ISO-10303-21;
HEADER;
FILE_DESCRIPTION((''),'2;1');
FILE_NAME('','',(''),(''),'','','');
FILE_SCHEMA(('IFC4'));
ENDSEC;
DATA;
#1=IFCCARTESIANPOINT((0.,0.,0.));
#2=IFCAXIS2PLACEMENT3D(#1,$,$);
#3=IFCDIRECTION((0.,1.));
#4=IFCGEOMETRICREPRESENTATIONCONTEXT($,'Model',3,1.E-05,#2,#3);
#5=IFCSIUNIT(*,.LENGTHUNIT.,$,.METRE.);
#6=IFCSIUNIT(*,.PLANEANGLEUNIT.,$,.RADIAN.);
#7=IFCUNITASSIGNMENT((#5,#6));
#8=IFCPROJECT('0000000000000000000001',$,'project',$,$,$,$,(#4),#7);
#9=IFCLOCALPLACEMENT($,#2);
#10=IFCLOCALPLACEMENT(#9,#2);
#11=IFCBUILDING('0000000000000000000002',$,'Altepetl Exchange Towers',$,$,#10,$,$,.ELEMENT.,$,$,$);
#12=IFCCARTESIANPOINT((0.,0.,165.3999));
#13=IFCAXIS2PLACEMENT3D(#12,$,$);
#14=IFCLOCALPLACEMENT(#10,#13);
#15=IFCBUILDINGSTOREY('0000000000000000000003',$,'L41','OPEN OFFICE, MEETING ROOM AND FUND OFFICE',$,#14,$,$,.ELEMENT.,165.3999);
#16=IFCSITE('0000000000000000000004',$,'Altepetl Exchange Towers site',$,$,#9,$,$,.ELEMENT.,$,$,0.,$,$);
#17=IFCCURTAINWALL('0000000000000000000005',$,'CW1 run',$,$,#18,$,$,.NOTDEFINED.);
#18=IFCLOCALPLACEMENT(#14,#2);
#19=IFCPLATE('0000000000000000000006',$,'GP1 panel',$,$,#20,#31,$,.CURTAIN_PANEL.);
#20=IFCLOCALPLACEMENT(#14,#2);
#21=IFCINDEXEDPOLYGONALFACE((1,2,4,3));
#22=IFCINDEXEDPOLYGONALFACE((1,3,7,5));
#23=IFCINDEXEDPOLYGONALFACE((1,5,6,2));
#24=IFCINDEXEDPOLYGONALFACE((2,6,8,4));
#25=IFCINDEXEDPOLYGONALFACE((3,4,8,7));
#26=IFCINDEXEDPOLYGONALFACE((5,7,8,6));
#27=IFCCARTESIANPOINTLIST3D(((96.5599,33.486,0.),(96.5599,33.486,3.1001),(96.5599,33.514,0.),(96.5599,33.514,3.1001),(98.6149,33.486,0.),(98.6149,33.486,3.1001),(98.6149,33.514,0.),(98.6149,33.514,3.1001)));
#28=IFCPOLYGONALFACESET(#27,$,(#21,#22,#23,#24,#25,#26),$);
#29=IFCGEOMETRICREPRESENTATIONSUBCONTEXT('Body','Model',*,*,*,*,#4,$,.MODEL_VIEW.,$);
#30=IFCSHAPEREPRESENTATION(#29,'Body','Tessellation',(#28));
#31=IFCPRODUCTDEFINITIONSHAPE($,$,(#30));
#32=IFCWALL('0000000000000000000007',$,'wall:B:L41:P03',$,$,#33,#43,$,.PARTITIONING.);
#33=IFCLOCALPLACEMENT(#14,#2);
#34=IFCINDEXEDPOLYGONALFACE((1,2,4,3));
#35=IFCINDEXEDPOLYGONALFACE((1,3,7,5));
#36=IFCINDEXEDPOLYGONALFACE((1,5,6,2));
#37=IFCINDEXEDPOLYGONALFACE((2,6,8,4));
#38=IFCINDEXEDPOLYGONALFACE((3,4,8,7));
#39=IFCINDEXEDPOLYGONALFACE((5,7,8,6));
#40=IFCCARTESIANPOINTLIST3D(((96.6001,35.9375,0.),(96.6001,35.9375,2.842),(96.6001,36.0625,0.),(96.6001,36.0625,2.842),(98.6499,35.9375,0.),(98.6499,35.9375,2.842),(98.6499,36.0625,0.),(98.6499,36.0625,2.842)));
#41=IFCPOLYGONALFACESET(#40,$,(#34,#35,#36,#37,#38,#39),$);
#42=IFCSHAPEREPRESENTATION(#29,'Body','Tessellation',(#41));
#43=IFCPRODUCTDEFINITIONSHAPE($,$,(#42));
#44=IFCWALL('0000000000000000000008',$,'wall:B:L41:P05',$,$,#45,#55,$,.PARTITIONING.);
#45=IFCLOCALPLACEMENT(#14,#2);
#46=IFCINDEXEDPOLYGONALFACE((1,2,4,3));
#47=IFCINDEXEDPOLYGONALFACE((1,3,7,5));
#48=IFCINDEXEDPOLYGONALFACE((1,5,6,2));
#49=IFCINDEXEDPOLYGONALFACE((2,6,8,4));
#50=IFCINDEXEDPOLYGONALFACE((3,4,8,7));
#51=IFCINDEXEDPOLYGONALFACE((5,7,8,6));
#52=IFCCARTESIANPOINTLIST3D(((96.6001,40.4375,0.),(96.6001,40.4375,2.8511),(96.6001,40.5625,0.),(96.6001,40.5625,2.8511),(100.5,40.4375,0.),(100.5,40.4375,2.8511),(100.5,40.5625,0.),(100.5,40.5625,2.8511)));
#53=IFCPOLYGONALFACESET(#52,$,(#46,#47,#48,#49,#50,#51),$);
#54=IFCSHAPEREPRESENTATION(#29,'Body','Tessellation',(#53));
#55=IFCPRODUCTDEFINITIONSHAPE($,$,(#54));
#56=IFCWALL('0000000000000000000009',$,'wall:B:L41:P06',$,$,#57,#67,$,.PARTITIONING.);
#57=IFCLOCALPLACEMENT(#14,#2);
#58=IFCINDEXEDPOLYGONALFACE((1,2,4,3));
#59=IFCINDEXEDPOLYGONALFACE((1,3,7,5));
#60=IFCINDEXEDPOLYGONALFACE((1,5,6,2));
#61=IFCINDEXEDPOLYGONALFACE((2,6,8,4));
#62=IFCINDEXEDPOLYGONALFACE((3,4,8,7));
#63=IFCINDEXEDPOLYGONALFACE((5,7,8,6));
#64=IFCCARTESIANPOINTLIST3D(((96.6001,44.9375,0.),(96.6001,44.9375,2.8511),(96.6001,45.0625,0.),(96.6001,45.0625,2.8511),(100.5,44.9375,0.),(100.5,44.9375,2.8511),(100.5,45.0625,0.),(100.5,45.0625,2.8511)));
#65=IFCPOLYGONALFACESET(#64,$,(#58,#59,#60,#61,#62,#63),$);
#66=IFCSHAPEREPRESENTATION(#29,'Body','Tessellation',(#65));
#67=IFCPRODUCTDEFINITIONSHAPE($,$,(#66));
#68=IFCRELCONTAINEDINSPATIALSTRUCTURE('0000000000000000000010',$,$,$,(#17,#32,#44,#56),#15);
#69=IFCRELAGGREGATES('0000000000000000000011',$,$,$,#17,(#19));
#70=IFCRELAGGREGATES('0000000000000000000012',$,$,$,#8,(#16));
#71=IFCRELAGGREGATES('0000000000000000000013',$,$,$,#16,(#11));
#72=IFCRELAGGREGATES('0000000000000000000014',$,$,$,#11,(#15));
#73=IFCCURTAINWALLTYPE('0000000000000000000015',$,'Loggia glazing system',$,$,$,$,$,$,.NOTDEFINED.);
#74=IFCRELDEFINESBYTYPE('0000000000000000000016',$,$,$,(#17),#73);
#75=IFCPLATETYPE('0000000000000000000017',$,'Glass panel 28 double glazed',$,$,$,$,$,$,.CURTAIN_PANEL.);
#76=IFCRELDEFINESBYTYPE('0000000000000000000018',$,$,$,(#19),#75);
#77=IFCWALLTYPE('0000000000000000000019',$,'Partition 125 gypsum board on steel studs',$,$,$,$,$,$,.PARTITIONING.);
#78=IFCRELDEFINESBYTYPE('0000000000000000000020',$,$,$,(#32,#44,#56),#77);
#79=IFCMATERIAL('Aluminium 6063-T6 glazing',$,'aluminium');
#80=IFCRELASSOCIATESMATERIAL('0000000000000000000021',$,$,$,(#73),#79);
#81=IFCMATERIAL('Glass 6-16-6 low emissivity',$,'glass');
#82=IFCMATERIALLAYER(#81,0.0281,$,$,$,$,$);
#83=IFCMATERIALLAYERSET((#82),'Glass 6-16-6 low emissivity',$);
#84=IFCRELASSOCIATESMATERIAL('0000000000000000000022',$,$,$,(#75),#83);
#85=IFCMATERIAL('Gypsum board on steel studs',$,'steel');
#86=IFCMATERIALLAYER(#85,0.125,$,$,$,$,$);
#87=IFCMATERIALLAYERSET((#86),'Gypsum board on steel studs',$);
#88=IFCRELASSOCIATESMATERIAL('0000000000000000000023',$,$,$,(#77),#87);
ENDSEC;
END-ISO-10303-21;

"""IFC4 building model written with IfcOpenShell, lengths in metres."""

from ifc_helpers import new_model, si_unit, direction, frame, frame_2d, origin, origin_2d, place, context, subcontext, project, spatial, rectangle, extrude, material, layer, layer_set, type_object, element, aggregate, save


model = new_model("IFC4")

# Units and contexts
model_context = context("Model", 3, precision=1e-05, world=origin(), true_north=direction((0.0, 1.0)))
body_context = subcontext(model_context, "Body", "Model", "MODEL_VIEW")
ifc_project = project(units=[si_unit("LENGTHUNIT", "METRE"), si_unit("PLANEANGLEUNIT", "RADIAN")], contexts=[model_context])

# Site, building, storey
site_placement = place(None, origin())
site = spatial("IfcSite", under=ifc_project, at=site_placement, Name="Altepetl Exchange Towers site", CompositionType="ELEMENT", RefElevation=0.0)
building_placement = place(site_placement, origin())
building = spatial("IfcBuilding", under=site, at=building_placement, Name="Altepetl Exchange Towers", CompositionType="ELEMENT")
storey_placement = place(building_placement, frame((0.0, 0.0, 165.3999)))
storey = spatial("IfcBuildingStorey", under=building, at=storey_placement, Name="L41", Description="OPEN OFFICE, MEETING ROOM AND FUND OFFICE", CompositionType="ELEMENT", Elevation=165.3999)

# Curtain wall
ifc_material_1 = material(Name="Aluminium 6063-T6 glazing", Category="aluminium")
curtain_wall_type = type_object("IfcCurtainWallType", Name="Loggia glazing system", PredefinedType="NOTDEFINED", material=ifc_material_1)
curtain_wall_1_placement = place(storey_placement, origin())
curtain_wall_1 = element("IfcCurtainWall", 1, at=curtain_wall_1_placement, inside=storey, type_object=curtain_wall_type, Name="CW1 run", PredefinedType="NOTDEFINED")

# Plate
ifc_material_2 = material(Name="Glass 6-16-6 low emissivity", Category="glass")
ifc_layer_1 = layer(ifc_material_2, 0.0281)
ifc_layer_set_1 = layer_set([ifc_layer_1], Name="Glass 6-16-6 low emissivity")
plate_type = type_object("IfcPlateType", Name="Glass panel 28 double glazed", PredefinedType="CURTAIN_PANEL", material=ifc_layer_set_1)
plate_1_placement = place(storey_placement, frame((97.5874, 33.5, 0.0)))
plate_1 = element("IfcPlate", 2, at=plate_1_placement, type_object=plate_type, Name="GP1 panel", PredefinedType="CURTAIN_PANEL", context=body_context, shape_type="SweptSolid", body=[
    extrude(rectangle(XDim=2.0549, YDim=0.0281, at=origin_2d()), origin(), (0.0, 0.0, 1.0), 3.1001),
])
aggregate(curtain_wall_1, [plate_1])

# Walls
ifc_material_3 = material(Name="Gypsum board on steel studs", Category="steel")
ifc_layer_2 = layer(ifc_material_3, 0.125)
ifc_layer_set_2 = layer_set([ifc_layer_2], Name="Gypsum board on steel studs")
wall_type = type_object("IfcWallType", Name="Partition 125 gypsum board on steel studs", PredefinedType="PARTITIONING", material=ifc_layer_set_2)
wall_placement = place(storey_placement, frame((96.6001, 36.0, 0.0)))
element("IfcWall", 3, at=wall_placement, inside=storey, type_object=wall_type, Name="wall:B:L41:P03", PredefinedType="PARTITIONING", context=body_context, shape_type="SweptSolid", body=[
    extrude(rectangle(XDim=2.0498, YDim=0.125, at=frame_2d((1.0249, 0.0))), origin(), (0.0, 0.0, 1.0), 2.842),
])
for number, where, name in (
    (4, (96.6001, 40.5, 0.0), "wall:B:L41:P05"),
    (5, (96.6001, 45.0, 0.0), "wall:B:L41:P06"),
):
    element("IfcWall", number, at=place(storey_placement, frame(where)), inside=storey, type_object=wall_type, Name=name, PredefinedType="PARTITIONING", context=body_context, shape_type="SweptSolid", body=[
        extrude(rectangle(XDim=3.8999, YDim=0.125, at=frame_2d((1.95, 0.0))), origin(), (0.0, 0.0, 1.0), 2.8511),
    ])

save(model, "model.ifc")
